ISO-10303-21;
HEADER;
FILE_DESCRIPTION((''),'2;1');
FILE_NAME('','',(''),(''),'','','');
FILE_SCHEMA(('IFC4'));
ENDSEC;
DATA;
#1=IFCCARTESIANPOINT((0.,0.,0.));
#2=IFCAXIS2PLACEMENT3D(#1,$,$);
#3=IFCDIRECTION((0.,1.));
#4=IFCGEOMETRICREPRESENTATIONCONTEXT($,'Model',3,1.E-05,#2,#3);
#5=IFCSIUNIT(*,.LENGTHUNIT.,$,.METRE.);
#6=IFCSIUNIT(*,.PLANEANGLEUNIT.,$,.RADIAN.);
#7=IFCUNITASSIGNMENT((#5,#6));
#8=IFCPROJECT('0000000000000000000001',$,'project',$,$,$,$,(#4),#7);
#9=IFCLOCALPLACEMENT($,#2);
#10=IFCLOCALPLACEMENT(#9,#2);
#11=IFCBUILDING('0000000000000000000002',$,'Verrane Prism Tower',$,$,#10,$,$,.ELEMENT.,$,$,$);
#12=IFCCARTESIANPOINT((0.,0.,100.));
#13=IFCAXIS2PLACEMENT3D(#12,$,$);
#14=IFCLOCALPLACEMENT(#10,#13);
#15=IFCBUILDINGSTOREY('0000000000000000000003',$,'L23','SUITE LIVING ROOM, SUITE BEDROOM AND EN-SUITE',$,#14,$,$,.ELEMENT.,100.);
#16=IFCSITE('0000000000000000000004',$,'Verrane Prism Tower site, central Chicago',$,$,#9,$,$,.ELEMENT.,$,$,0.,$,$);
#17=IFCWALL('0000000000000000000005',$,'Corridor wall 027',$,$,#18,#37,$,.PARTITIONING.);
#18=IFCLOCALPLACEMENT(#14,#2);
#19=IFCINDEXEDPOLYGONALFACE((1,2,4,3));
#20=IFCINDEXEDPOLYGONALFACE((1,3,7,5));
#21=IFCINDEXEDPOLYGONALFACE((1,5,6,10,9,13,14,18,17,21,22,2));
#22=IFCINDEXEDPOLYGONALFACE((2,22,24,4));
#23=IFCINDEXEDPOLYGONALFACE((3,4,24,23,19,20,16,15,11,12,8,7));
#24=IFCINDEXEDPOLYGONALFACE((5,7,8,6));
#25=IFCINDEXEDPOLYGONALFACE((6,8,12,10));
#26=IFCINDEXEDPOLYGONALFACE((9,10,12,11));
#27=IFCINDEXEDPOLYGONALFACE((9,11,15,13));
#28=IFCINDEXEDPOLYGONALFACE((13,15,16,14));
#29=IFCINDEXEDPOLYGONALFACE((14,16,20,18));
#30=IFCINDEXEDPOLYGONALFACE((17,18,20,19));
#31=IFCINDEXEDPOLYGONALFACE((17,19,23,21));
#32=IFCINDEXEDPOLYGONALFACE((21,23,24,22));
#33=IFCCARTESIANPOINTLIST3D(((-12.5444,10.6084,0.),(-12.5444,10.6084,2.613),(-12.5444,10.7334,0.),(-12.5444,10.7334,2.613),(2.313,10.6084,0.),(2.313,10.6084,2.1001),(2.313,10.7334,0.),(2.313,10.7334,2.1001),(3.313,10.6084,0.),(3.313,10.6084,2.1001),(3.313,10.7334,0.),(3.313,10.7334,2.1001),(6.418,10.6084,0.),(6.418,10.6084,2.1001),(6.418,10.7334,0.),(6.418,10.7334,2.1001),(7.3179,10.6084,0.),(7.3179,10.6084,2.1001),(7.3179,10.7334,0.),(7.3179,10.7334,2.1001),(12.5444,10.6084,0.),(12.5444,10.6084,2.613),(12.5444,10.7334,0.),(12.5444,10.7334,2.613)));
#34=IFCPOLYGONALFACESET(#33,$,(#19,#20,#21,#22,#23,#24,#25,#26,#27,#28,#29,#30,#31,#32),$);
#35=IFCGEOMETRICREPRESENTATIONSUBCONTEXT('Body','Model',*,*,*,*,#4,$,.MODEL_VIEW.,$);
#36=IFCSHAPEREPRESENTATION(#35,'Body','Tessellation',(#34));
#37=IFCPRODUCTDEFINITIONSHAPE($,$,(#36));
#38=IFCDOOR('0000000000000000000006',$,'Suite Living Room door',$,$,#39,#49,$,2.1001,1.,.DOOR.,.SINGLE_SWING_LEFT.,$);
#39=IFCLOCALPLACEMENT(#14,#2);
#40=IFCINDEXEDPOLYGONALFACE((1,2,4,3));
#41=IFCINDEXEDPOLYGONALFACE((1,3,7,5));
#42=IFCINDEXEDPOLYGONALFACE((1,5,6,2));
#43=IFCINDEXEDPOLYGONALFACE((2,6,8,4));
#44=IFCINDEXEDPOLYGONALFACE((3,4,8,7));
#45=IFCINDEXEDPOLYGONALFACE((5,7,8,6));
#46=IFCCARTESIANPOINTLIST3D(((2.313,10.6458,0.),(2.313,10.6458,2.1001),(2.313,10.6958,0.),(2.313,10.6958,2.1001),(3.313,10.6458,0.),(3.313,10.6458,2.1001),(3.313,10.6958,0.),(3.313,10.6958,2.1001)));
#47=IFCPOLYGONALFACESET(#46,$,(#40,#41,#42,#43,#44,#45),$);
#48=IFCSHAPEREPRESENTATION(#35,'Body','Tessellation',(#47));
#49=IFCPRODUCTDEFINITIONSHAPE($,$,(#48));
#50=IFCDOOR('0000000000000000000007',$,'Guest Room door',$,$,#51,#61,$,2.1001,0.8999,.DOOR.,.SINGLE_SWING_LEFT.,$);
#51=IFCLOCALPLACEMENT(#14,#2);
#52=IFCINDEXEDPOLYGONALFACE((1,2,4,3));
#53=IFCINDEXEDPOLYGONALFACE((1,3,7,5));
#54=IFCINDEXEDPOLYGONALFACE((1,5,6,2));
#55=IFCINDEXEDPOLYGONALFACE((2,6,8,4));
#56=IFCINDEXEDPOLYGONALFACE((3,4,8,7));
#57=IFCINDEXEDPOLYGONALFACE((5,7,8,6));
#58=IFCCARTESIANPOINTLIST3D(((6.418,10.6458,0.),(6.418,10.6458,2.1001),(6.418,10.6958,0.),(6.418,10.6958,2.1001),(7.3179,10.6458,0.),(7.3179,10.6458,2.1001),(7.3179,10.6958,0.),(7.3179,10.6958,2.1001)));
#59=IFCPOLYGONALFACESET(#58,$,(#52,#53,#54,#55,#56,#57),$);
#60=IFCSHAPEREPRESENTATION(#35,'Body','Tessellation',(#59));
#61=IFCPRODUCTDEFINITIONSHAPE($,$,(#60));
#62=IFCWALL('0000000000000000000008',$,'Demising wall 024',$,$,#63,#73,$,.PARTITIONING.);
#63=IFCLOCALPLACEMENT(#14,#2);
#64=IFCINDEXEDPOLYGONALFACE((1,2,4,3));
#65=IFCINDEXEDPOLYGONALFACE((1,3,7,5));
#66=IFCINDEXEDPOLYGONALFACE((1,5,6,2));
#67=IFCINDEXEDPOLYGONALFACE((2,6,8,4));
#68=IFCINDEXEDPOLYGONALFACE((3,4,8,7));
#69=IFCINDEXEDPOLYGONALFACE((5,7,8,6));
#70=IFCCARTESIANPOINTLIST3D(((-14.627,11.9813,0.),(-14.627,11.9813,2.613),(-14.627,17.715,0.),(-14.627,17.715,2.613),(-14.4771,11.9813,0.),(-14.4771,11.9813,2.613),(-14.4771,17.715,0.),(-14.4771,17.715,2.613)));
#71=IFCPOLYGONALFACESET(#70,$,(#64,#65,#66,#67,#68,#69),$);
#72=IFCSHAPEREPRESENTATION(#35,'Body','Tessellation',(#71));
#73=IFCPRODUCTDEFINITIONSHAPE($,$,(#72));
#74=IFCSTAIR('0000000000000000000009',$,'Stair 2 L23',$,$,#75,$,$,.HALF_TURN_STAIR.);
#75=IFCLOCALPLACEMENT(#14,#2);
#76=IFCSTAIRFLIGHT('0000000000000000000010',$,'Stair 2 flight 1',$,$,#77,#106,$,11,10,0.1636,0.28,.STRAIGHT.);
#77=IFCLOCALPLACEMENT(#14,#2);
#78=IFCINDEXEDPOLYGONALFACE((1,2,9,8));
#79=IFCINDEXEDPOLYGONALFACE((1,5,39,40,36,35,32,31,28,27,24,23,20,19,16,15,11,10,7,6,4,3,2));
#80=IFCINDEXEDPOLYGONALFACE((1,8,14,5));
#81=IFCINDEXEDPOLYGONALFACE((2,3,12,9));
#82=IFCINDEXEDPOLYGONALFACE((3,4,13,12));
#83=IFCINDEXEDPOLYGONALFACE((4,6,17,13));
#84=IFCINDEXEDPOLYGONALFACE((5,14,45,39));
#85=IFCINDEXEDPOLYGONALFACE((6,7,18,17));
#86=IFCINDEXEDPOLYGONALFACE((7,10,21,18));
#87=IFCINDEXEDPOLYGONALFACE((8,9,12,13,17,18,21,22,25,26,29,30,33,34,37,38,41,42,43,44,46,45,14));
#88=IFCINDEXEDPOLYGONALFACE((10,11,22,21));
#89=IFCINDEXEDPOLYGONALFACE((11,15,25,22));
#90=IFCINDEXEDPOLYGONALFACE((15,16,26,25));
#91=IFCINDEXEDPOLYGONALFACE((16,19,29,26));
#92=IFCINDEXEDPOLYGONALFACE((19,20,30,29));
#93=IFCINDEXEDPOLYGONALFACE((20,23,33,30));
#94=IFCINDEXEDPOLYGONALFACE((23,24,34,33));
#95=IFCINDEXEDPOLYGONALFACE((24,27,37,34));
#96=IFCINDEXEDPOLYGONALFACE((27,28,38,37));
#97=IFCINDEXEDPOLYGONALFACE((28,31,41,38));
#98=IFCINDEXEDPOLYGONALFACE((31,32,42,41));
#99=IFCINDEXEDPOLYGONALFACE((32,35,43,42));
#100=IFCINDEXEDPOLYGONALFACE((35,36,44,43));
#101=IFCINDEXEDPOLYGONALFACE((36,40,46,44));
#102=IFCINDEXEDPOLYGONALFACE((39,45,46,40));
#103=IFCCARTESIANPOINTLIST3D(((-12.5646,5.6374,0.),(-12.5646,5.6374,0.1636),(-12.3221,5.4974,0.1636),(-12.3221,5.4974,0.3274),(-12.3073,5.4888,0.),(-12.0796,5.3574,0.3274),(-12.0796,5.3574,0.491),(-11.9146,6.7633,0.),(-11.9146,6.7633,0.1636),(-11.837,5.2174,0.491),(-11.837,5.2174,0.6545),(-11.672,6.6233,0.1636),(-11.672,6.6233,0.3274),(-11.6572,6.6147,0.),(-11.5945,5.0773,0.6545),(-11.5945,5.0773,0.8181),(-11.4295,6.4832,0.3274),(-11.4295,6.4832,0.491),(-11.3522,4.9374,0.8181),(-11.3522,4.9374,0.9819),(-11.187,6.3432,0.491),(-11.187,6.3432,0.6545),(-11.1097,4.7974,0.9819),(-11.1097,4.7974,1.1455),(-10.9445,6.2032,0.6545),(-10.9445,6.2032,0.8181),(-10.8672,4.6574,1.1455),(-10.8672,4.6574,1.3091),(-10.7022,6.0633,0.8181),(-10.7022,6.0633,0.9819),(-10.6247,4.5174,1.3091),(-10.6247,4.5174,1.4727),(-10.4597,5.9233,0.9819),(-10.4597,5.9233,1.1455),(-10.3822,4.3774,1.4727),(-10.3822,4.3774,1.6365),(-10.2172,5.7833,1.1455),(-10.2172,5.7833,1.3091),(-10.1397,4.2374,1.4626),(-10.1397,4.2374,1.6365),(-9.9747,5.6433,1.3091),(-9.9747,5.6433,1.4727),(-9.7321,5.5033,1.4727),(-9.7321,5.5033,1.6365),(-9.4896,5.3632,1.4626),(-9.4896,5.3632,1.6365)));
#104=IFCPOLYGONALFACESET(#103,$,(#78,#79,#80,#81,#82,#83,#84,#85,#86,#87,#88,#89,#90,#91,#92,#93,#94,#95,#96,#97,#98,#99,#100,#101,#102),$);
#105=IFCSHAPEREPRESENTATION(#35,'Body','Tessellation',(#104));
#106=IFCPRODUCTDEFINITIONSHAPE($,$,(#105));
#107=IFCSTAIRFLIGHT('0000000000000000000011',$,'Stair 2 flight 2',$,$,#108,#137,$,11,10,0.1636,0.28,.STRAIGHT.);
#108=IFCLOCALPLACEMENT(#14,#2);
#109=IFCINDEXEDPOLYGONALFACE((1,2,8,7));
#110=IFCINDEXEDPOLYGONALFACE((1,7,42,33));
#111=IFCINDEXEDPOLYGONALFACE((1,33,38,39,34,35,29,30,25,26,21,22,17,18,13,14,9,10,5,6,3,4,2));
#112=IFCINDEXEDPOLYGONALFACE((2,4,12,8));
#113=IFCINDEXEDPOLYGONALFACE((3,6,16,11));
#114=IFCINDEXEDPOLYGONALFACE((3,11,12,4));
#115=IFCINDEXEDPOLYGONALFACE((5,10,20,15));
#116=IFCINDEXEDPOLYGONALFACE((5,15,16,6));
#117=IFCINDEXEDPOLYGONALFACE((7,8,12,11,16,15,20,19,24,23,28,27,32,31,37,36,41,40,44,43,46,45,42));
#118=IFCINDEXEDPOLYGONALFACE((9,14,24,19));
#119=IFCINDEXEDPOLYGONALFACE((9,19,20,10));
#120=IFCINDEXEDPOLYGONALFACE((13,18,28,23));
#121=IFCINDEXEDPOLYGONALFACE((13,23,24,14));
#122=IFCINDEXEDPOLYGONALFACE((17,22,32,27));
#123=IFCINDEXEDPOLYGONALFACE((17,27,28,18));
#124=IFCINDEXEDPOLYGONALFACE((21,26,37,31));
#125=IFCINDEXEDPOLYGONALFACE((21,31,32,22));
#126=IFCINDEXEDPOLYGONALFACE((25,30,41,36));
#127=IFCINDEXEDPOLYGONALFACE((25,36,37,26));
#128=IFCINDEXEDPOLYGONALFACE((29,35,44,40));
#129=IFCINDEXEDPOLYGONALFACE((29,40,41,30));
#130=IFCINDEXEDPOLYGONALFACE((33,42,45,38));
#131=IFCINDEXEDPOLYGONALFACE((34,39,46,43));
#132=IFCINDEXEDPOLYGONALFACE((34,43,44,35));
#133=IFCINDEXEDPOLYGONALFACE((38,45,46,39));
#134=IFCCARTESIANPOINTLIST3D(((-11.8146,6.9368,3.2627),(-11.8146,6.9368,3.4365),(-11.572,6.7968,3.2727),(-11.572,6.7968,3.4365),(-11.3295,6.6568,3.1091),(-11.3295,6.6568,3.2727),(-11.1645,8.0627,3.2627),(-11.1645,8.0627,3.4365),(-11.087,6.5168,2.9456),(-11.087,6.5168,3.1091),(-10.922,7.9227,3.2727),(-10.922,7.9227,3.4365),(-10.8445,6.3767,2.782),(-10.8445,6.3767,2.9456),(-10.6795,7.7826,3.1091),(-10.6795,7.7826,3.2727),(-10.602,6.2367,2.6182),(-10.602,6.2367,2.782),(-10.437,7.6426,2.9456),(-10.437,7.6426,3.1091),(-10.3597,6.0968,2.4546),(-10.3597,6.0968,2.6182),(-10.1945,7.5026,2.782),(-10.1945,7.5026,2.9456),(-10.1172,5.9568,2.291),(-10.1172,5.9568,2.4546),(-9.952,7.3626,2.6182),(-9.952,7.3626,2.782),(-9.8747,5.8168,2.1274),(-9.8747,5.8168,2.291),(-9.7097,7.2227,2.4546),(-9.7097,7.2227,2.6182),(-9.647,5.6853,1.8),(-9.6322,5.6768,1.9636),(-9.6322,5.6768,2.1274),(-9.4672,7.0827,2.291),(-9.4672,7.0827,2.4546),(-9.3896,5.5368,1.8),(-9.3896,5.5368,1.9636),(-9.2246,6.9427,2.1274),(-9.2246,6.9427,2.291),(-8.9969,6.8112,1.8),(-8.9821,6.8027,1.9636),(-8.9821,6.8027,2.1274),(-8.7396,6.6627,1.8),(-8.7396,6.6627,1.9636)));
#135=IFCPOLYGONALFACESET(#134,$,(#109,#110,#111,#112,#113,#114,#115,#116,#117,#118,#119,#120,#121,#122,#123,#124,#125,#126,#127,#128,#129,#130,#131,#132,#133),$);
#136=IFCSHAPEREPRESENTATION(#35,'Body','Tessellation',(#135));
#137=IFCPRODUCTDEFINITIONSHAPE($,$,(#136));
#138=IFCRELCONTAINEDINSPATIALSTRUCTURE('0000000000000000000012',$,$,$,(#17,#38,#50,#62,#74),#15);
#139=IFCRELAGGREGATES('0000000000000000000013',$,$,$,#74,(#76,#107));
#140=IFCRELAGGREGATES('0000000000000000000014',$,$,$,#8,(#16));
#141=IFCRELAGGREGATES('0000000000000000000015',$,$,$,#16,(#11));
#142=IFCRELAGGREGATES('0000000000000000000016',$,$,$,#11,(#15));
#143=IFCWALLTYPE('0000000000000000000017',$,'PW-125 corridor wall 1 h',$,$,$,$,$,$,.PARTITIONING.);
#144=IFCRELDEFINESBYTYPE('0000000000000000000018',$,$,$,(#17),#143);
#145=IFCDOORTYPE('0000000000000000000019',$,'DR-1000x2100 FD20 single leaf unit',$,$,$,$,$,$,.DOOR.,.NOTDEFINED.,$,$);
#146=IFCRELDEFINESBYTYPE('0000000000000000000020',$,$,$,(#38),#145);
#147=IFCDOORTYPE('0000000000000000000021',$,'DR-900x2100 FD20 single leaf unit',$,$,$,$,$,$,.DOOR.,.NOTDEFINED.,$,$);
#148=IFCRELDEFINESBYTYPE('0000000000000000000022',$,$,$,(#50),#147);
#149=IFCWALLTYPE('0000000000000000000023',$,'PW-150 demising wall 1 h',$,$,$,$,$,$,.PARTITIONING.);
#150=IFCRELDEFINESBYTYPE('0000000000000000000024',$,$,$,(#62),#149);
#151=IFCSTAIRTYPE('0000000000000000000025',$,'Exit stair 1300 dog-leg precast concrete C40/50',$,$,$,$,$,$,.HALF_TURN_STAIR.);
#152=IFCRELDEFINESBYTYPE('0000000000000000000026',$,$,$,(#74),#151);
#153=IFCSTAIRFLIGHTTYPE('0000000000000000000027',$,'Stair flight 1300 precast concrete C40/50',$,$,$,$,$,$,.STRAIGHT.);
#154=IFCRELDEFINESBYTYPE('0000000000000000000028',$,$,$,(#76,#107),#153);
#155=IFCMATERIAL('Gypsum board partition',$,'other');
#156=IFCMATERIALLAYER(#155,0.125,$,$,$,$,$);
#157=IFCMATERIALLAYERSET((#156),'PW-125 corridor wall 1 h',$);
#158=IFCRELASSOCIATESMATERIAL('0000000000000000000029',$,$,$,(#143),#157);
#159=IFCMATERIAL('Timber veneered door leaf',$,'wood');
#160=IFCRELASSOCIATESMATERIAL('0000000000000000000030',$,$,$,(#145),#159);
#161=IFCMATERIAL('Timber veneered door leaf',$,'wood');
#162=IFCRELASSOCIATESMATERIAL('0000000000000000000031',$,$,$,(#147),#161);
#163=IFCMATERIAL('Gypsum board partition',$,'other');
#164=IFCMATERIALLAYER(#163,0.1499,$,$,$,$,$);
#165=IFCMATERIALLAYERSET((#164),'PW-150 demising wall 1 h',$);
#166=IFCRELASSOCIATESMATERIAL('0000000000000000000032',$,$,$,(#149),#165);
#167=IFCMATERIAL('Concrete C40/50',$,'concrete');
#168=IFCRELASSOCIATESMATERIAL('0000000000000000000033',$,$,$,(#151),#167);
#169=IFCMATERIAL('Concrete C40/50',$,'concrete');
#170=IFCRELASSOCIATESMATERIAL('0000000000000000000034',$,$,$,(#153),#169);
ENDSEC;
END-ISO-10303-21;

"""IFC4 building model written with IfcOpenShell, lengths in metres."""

from ifc_helpers import new_model, si_unit, direction, frame, frame_2d, origin, place, context, subcontext, project, spatial, polyline, rectangle, outline, extrude, material, layer, layer_set, type_object, element, fill, aggregate, save


model = new_model("IFC4")

# Units and contexts
model_context = context("Model", 3, precision=1e-05, world=origin(), true_north=direction((0.0, 1.0)))
body_context = subcontext(model_context, "Body", "Model", "MODEL_VIEW")
ifc_project = project(units=[si_unit("LENGTHUNIT", "METRE"), si_unit("PLANEANGLEUNIT", "RADIAN")], contexts=[model_context])

# Site, building, storey
site_placement = place(None, origin())
site = spatial("IfcSite", under=ifc_project, at=site_placement, Name="Verrane Prism Tower site, central Chicago", CompositionType="ELEMENT", RefElevation=0.0)
building_placement = place(site_placement, origin())
building = spatial("IfcBuilding", under=site, at=building_placement, Name="Verrane Prism Tower", CompositionType="ELEMENT")
storey_placement = place(building_placement, frame((0.0, 0.0, 100.0)))
storey = spatial("IfcBuildingStorey", under=building, at=storey_placement, Name="L23", Description="SUITE LIVING ROOM, SUITE BEDROOM AND EN-SUITE", CompositionType="ELEMENT", Elevation=100.0)

# Shared definitions
ifc_material_1 = material(Name="Gypsum board partition", Category="other")
ifc_layer_1 = layer(ifc_material_1, 0.125)
ifc_layer_set_1 = layer_set([ifc_layer_1], Name="PW-125 corridor wall 1 h")
wall_type_1 = type_object("IfcWallType", Name="PW-125 corridor wall 1 h", PredefinedType="PARTITIONING", material=ifc_layer_set_1)

# Wall, openings, doors
wall_1_placement = place(storey_placement, frame((-12.5444, 10.6709, 0.0), z_axis=(0.0, 0.0, 1.0), x_axis=(1.0, 0.0, 0.0)))
wall_1 = element("IfcWall", 1, at=wall_1_placement, inside=storey, type_object=wall_type_1, Name="Corridor wall 027", PredefinedType="PARTITIONING", context=body_context, shape_type="SweptSolid", body=[
    extrude(rectangle(XDim=25.0889, YDim=0.125, at=frame_2d((12.5444, 0.0))), origin(), (0.0, 0.0, 1.0), 2.613),
])
opening_1_placement = place(wall_1_placement, frame((18.9624, 0.0, 0.0)))
opening_1 = element("IfcOpeningElement", 2, at=opening_1_placement, cuts=wall_1, PredefinedType="OPENING", context=body_context, shape_type="SweptSolid", body=[
    extrude(rectangle(XDim=0.8999, YDim=2.1001, at=frame_2d((0.45, 1.05))), frame((0.0, 0.0725, 0.0), z_axis=(0.0, -1.0, 0.0), x_axis=(1.0, 0.0, 0.0)), (0.0, 0.0, 1.0), 0.145),
])
opening_2_placement = place(wall_1_placement, frame((14.8574, 0.0, 0.0)))
opening_2 = element("IfcOpeningElement", 3, at=opening_2_placement, cuts=wall_1, PredefinedType="OPENING", context=body_context, shape_type="SweptSolid", body=[
    extrude(rectangle(XDim=1.0, YDim=2.1001, at=frame_2d((0.5, 1.05))), frame((0.0, 0.0725, 0.0), z_axis=(0.0, -1.0, 0.0), x_axis=(1.0, 0.0, 0.0)), (0.0, 0.0, 1.0), 0.145),
])
ifc_material_2 = material(Name="Timber veneered door leaf", Category="wood")
door_type_1 = type_object("IfcDoorType", Name="DR-1000x2100 FD20 single leaf unit", OperationType="NOTDEFINED", PredefinedType="DOOR", material=ifc_material_2)
door_1_placement = place(opening_2_placement, origin())
door_1 = element("IfcDoor", 4, at=door_1_placement, inside=storey, type_object=door_type_1, Name="Suite Living Room door", OperationType="SINGLE_SWING_LEFT", OverallHeight=2.1001, OverallWidth=1.0, PredefinedType="DOOR", context=body_context, shape_type="SweptSolid", body=[
    extrude(rectangle(XDim=1.0, YDim=2.1001, at=frame_2d((0.5, 1.05))), frame((0.0, 0.0249, 0.0), z_axis=(0.0, -1.0, 0.0), x_axis=(1.0, 0.0, 0.0)), (0.0, 0.0, 1.0), 0.05),
])
fill(opening_2, door_1)
ifc_material_3 = material(Name="Timber veneered door leaf", Category="wood")
door_type_2 = type_object("IfcDoorType", Name="DR-900x2100 FD20 single leaf unit", OperationType="NOTDEFINED", PredefinedType="DOOR", material=ifc_material_3)
door_2_placement = place(opening_1_placement, origin())
door_2 = element("IfcDoor", 5, at=door_2_placement, inside=storey, type_object=door_type_2, Name="Guest Room door", OperationType="SINGLE_SWING_LEFT", OverallHeight=2.1001, OverallWidth=0.8999, PredefinedType="DOOR", context=body_context, shape_type="SweptSolid", body=[
    extrude(rectangle(XDim=0.8999, YDim=2.1001, at=frame_2d((0.45, 1.05))), frame((0.0, 0.0249, 0.0), z_axis=(0.0, -1.0, 0.0), x_axis=(1.0, 0.0, 0.0)), (0.0, 0.0, 1.0), 0.05),
])
fill(opening_1, door_2)

# Wall
ifc_material_4 = material(Name="Gypsum board partition", Category="other")
ifc_layer_2 = layer(ifc_material_4, 0.1499)
ifc_layer_set_2 = layer_set([ifc_layer_2], Name="PW-150 demising wall 1 h")
wall_type_2 = type_object("IfcWallType", Name="PW-150 demising wall 1 h", PredefinedType="PARTITIONING", material=ifc_layer_set_2)
wall_2_placement = place(storey_placement, frame((-14.552, 11.9814, 0.0), z_axis=(0.0, 0.0, 1.0), x_axis=(0.0, 1.0, 0.0)))
element("IfcWall", 6, at=wall_2_placement, inside=storey, type_object=wall_type_2, Name="Demising wall 024", PredefinedType="PARTITIONING", context=body_context, shape_type="SweptSolid", body=[
    extrude(rectangle(XDim=5.7336, YDim=0.1499, at=frame_2d((2.8667, 0.0))), origin(), (0.0, 0.0, 1.0), 2.613),
])

# Stair, stair flights
ifc_material_5 = material(Name="Concrete C40/50", Category="concrete")
stair_type = type_object("IfcStairType", Name="Exit stair 1300 dog-leg precast concrete C40/50", PredefinedType="HALF_TURN_STAIR", material=ifc_material_5)
stair_placement = place(storey_placement, origin())
stair = element("IfcStair", 7, at=stair_placement, inside=storey, type_object=stair_type, Name="Stair 2 L23", PredefinedType="HALF_TURN_STAIR")
ifc_material_6 = material(Name="Concrete C40/50", Category="concrete")
stair_flight_type = type_object("IfcStairFlightType", Name="Stair flight 1300 precast concrete C40/50", PredefinedType="STRAIGHT", material=ifc_material_6)
stair_flight_1_placement = place(storey_placement, frame((-12.2395, 6.2004, 0.0), z_axis=(0.0, 0.0, 1.0), x_axis=(0.866025, -0.5, 0.0)))
stair_flight_1 = element("IfcStairFlight", 8, at=stair_flight_1_placement, type_object=stair_flight_type, Name="Stair 2 flight 1", NumberOfRisers=11, NumberOfTreads=10, PredefinedType="STRAIGHT", RiserHeight=0.1636, TreadLength=0.28, context=body_context, shape_type="SweptSolid", body=[
    extrude(outline(polyline([(0.0, 0.0), (0.0, 0.1636), (0.28, 0.1636), (0.28, 0.3274), (0.5601, 0.3274), (0.5601, 0.491), (0.8401, 0.491), (0.8401, 0.6545), (1.1201, 0.6545), (1.1201, 0.8181), (1.3999, 0.8181), (1.3999, 0.9819), (1.6799, 0.9819), (1.6799, 1.1455), (1.96, 1.1455), (1.96, 1.3091), (2.24, 1.3091), (2.24, 1.4727), (2.52, 1.4727), (2.52, 1.6365), (2.8, 1.6365), (2.8, 1.8), (2.8, 1.4626), (0.2971, 0.0), (0.0, 0.0)])), frame((0.0, 0.6499, 0.0), z_axis=(0.0, -1.0, 0.0), x_axis=(1.0, 0.0, 0.0)), (0.0, 0.0, 1.0), 1.3),
])
stair_flight_2_placement = place(storey_placement, frame((-9.0647, 6.0996, 1.8), z_axis=(0.0, 0.0, 1.0), x_axis=(-0.866025, 0.5, 0.0)))
stair_flight_2 = element("IfcStairFlight", 9, at=stair_flight_2_placement, type_object=stair_flight_type, Name="Stair 2 flight 2", NumberOfRisers=11, NumberOfTreads=10, PredefinedType="STRAIGHT", RiserHeight=0.1636, TreadLength=0.28, context=body_context, shape_type="SweptSolid", body=[
    extrude(outline(polyline([(0.0, 0.0), (0.0, 0.1636), (0.28, 0.1636), (0.28, 0.3274), (0.5601, 0.3274), (0.5601, 0.491), (0.8401, 0.491), (0.8401, 0.6545), (1.1201, 0.6545), (1.1201, 0.8181), (1.3999, 0.8181), (1.3999, 0.9819), (1.6799, 0.9819), (1.6799, 1.1455), (1.96, 1.1455), (1.96, 1.3091), (2.24, 1.3091), (2.24, 1.4727), (2.52, 1.4727), (2.52, 1.6365), (2.8, 1.6365), (2.8, 1.8), (2.8, 1.4626), (0.2971, 0.0), (0.0, 0.0)])), frame((0.0, 0.6499, 0.0), z_axis=(0.0, -1.0, 0.0), x_axis=(1.0, 0.0, 0.0)), (0.0, 0.0, 1.0), 1.3),
])
aggregate(stair, [stair_flight_1, stair_flight_2])

save(model, "model.ifc")
